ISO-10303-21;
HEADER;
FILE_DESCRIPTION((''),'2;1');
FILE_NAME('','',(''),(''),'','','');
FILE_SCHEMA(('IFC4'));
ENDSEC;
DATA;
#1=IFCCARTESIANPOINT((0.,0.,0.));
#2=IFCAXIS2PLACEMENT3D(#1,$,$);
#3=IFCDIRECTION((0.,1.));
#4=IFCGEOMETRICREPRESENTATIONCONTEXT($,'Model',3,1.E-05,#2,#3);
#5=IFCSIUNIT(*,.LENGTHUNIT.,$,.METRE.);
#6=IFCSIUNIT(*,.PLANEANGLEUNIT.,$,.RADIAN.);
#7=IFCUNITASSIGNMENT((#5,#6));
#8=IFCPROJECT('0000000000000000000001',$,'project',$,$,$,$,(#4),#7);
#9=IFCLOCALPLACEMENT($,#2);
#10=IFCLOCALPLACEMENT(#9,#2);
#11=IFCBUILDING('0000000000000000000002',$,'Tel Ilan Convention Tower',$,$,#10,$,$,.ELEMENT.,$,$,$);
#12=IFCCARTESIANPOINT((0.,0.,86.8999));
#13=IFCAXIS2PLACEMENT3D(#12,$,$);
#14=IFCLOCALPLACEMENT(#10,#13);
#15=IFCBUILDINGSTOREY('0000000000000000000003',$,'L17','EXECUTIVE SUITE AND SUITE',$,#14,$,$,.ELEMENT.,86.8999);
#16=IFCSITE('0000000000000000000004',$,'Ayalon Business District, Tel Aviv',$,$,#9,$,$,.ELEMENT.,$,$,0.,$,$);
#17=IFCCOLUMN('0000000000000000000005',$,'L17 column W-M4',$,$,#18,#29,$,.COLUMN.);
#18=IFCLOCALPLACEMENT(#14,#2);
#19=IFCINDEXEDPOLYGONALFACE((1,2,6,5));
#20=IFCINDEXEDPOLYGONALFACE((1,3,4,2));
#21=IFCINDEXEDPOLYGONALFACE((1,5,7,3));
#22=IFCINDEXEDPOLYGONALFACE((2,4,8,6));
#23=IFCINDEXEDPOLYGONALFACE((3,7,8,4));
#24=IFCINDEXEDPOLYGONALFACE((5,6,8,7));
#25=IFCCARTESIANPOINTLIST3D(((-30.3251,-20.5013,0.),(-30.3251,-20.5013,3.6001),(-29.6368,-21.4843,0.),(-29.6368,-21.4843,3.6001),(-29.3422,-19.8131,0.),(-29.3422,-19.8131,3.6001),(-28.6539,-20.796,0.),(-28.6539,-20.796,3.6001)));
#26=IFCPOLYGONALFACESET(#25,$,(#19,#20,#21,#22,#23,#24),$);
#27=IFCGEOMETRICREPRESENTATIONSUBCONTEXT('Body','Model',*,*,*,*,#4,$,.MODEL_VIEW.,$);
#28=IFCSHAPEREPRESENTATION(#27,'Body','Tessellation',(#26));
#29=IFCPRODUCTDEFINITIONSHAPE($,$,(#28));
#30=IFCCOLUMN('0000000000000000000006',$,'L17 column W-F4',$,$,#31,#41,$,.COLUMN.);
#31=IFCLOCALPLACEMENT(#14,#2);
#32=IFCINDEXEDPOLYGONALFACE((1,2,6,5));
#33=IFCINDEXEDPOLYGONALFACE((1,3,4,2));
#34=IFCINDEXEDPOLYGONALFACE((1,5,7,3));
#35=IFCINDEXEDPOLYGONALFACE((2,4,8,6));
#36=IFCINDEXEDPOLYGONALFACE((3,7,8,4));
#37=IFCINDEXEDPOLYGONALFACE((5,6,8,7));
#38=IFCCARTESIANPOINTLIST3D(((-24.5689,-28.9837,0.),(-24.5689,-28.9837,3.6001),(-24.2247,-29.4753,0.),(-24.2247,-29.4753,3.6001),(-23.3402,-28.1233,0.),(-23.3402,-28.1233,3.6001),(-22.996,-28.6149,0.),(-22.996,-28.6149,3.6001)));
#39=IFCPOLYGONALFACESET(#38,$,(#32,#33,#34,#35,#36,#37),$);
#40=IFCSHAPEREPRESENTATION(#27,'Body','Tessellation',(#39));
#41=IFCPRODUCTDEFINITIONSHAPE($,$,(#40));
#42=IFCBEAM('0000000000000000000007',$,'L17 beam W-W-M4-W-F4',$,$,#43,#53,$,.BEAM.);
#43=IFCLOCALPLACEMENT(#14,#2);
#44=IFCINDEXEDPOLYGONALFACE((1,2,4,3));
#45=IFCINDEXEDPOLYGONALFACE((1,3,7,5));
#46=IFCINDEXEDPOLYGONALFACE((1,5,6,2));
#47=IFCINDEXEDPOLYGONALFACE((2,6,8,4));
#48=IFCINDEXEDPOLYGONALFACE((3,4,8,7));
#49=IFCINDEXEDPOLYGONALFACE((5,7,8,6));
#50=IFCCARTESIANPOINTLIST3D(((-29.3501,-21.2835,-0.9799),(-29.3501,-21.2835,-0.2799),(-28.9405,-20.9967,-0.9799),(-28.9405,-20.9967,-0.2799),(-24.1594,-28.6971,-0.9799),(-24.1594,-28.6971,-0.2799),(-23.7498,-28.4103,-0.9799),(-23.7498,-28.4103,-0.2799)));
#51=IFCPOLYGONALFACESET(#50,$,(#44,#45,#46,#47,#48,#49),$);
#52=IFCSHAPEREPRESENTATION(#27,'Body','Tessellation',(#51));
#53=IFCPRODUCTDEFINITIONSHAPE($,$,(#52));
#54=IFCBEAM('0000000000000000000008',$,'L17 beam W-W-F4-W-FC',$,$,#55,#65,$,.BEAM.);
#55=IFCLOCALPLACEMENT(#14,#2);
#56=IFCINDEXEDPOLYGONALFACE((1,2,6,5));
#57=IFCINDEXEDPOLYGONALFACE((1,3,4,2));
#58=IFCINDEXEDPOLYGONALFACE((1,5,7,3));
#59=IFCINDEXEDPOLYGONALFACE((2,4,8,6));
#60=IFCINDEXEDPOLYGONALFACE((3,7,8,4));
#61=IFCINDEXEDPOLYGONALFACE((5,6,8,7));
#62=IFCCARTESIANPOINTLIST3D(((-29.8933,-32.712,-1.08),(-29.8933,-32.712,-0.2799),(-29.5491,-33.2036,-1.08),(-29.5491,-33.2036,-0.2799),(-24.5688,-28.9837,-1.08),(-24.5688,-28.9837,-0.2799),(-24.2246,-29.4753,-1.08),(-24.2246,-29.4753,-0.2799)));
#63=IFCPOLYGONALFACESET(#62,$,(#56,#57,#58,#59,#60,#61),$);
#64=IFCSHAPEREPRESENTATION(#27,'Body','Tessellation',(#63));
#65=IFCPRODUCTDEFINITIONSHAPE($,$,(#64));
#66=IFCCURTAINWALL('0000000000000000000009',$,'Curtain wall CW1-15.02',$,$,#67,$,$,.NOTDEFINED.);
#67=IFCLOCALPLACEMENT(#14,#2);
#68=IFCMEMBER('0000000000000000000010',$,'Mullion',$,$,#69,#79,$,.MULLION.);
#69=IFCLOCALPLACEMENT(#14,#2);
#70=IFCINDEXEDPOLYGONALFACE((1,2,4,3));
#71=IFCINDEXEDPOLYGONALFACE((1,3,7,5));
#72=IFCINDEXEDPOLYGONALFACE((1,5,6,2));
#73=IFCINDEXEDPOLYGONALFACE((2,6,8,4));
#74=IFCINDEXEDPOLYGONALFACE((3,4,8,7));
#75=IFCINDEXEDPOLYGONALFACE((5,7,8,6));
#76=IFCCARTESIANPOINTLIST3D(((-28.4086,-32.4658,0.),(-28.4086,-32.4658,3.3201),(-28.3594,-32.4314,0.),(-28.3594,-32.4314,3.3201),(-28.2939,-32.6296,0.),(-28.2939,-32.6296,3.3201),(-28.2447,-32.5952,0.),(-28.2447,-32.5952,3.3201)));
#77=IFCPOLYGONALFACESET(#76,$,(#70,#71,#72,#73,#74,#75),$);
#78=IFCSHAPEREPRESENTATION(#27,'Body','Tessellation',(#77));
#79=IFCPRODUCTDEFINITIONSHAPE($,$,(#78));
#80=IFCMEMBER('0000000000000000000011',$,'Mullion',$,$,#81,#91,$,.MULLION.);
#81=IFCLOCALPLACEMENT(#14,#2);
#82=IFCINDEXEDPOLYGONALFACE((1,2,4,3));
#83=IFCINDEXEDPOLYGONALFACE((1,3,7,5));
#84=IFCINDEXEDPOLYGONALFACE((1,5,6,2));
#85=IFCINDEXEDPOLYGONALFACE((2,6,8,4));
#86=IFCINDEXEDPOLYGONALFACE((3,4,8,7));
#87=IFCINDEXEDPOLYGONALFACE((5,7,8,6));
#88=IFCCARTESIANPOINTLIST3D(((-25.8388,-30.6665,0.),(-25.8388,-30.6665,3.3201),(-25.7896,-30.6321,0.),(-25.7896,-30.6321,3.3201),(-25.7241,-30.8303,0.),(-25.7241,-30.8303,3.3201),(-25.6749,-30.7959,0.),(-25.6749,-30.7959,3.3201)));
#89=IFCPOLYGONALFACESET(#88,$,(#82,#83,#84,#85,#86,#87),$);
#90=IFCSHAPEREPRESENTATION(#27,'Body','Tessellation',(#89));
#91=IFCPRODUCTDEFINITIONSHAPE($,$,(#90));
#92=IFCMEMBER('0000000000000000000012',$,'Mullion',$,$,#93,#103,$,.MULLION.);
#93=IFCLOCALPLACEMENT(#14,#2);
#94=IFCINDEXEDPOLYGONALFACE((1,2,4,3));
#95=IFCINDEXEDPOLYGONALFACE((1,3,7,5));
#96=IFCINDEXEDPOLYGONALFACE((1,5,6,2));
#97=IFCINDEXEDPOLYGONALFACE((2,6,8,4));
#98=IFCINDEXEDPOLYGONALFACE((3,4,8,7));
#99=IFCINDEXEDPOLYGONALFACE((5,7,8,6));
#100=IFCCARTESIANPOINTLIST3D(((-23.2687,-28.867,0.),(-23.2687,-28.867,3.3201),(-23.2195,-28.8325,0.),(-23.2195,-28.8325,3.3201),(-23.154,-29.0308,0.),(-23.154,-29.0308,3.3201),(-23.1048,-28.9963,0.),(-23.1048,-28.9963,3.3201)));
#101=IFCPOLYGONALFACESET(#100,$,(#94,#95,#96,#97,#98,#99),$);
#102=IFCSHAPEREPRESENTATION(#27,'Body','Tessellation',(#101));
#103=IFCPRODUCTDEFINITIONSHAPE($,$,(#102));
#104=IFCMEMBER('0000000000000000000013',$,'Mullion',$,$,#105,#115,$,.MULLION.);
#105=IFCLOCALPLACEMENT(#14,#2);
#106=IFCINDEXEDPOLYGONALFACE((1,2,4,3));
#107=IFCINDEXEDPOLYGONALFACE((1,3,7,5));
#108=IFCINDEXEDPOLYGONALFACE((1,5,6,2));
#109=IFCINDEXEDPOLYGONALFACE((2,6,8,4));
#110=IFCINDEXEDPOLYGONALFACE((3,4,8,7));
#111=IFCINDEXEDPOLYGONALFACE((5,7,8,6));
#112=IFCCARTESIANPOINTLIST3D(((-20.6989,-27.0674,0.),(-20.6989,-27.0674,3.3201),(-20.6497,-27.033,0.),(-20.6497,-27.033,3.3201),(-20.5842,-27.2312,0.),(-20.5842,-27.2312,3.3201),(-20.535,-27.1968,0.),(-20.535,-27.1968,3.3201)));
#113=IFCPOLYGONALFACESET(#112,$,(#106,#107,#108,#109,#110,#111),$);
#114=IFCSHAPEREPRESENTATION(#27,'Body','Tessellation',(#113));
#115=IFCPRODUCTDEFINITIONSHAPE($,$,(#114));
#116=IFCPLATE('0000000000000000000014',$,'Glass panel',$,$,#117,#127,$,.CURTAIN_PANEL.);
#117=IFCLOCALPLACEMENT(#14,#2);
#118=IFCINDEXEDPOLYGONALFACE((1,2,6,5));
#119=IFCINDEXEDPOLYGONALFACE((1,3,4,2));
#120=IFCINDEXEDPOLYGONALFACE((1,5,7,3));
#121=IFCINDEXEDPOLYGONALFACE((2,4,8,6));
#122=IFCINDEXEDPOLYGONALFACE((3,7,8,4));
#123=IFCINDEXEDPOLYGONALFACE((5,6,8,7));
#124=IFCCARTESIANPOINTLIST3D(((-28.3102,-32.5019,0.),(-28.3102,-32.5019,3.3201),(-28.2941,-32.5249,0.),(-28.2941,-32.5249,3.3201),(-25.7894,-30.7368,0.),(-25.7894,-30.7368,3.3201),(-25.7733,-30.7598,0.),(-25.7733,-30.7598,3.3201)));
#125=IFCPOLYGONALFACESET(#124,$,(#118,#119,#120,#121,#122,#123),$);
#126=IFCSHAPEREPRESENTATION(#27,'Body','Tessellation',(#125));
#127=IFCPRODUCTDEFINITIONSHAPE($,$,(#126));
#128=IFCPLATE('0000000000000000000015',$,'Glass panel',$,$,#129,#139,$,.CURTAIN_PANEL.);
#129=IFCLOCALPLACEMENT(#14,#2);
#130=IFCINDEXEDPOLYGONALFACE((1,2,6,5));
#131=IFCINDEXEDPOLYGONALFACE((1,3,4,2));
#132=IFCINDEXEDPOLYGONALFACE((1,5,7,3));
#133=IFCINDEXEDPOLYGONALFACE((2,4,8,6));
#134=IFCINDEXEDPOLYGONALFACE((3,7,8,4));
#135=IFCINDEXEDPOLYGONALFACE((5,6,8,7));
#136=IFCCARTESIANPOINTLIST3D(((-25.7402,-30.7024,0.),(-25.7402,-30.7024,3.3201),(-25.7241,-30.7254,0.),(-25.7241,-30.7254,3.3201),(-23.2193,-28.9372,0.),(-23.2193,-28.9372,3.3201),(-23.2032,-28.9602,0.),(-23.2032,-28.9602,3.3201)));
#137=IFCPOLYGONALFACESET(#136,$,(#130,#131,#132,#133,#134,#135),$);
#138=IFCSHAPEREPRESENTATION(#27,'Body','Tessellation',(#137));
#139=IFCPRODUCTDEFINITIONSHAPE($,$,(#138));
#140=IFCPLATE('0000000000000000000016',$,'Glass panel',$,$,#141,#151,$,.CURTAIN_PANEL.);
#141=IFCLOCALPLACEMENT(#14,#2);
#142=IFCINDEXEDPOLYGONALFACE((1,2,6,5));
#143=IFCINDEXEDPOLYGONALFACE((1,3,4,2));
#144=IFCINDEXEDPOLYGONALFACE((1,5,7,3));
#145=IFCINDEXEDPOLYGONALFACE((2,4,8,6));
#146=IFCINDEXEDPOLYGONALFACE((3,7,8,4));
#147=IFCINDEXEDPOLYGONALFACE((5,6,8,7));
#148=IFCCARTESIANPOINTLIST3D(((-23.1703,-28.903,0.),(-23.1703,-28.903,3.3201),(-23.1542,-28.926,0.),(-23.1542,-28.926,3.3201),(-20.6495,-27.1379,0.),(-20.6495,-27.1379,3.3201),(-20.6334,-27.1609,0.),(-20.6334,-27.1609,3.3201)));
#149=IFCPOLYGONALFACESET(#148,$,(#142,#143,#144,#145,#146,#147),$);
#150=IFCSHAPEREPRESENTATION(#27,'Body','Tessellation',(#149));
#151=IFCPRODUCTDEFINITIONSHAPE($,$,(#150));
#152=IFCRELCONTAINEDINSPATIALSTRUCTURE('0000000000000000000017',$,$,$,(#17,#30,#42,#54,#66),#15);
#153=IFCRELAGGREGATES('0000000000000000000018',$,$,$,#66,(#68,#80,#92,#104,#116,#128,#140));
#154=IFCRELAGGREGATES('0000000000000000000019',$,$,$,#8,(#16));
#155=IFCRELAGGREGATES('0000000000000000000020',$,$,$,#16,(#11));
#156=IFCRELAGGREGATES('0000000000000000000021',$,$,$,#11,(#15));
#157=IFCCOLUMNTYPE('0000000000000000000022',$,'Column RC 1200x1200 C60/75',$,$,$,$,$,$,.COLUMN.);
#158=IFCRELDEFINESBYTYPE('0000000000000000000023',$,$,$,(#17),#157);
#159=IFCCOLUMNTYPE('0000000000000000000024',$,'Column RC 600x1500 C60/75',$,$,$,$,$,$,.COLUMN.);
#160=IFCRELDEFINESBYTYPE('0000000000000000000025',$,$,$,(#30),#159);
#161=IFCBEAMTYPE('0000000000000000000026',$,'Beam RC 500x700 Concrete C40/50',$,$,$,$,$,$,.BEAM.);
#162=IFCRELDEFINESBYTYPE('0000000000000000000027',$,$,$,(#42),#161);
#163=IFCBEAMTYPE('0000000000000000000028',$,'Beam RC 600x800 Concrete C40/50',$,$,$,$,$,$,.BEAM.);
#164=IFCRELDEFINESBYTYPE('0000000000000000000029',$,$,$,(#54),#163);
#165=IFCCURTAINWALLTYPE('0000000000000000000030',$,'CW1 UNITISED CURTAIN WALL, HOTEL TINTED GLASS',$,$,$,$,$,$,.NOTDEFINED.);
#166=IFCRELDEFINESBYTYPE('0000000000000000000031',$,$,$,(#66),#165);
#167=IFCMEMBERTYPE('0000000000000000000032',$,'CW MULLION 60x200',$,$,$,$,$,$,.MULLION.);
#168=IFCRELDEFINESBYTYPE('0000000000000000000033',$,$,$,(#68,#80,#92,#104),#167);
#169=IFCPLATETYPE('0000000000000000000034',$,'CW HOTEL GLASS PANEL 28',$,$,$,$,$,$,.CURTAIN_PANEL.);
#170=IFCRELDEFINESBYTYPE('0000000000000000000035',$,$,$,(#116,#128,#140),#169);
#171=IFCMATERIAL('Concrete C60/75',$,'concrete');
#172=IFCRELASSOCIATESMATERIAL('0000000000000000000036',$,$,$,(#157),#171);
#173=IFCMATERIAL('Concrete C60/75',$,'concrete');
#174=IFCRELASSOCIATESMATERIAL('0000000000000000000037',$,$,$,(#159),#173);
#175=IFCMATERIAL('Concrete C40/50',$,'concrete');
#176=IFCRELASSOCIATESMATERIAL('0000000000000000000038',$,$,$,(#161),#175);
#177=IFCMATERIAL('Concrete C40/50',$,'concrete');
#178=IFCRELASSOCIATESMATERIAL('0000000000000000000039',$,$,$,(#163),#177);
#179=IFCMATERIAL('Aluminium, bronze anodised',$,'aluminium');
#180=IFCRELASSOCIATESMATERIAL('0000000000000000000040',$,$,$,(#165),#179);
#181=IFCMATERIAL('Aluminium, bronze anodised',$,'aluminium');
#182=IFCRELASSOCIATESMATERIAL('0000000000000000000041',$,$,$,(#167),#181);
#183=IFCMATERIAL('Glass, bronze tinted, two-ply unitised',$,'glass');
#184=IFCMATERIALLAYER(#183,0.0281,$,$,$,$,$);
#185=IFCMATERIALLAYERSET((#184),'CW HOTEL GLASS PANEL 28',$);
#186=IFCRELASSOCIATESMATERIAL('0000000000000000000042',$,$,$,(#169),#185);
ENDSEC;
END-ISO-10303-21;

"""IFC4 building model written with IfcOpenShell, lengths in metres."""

from ifc_helpers import new_model, si_unit, direction, frame, origin, origin_2d, place, context, subcontext, project, spatial, rectangle, extrude, material, layer, layer_set, material_profile, profile_set, type_object, element, aggregate, save


model = new_model("IFC4")

# Units and contexts
model_context = context("Model", 3, precision=1e-05, world=origin(), true_north=direction((0.0, 1.0)))
body_context = subcontext(model_context, "Body", "Model", "MODEL_VIEW")
ifc_project = project(units=[si_unit("LENGTHUNIT", "METRE"), si_unit("PLANEANGLEUNIT", "RADIAN")], contexts=[model_context])

# Site, building, storey
site_placement = place(None, origin())
site = spatial("IfcSite", under=ifc_project, at=site_placement, Name="Ayalon Business District, Tel Aviv", CompositionType="ELEMENT", RefElevation=0.0)
building_placement = place(site_placement, origin())
building = spatial("IfcBuilding", under=site, at=building_placement, Name="Tel Ilan Convention Tower", CompositionType="ELEMENT")
storey_placement = place(building_placement, frame((0.0, 0.0, 86.8999)))
storey = spatial("IfcBuildingStorey", under=building, at=storey_placement, Name="L17", Description="EXECUTIVE SUITE AND SUITE", CompositionType="ELEMENT", Elevation=86.8999)

# Columns
ifc_material_1 = material(Name="Concrete C60/75", Category="concrete")
ifc_material_profile_1 = material_profile(ifc_material_1, rectangle(XDim=1.2, YDim=1.2, at=origin_2d()), Name="RC 1200x1200")
ifc_profile_set_1 = profile_set([ifc_material_profile_1], Name="Concrete C60/75")
column_type_1 = type_object("IfcColumnType", Name="Column RC 1200x1200 C60/75", PredefinedType="COLUMN", material=ifc_profile_set_1)
column_1_placement = place(storey_placement, frame((-29.4895, -20.6487, 0.0), z_axis=(0.0, 0.0, 1.0), x_axis=(-0.819152, -0.573576, 0.0)))
element("IfcColumn", 1, at=column_1_placement, inside=storey, type_object=column_type_1, Name="L17 column W-M4", PredefinedType="COLUMN", context=body_context, shape_type="SweptSolid", body=[
    extrude(rectangle(XDim=1.2, YDim=1.2, at=origin_2d()), origin(), (0.0, 0.0, 1.0), 3.6001),
])
ifc_material_2 = material(Name="Concrete C60/75", Category="concrete")
ifc_material_profile_2 = material_profile(ifc_material_2, rectangle(XDim=1.5, YDim=0.6001, at=origin_2d()), Name="RC 600x1500")
ifc_profile_set_2 = profile_set([ifc_material_profile_2], Name="Concrete C60/75")
column_type_2 = type_object("IfcColumnType", Name="Column RC 600x1500 C60/75", PredefinedType="COLUMN", material=ifc_profile_set_2)
column_2_placement = place(storey_placement, frame((-23.7825, -28.7993, 0.0), z_axis=(0.0, 0.0, 1.0), x_axis=(-0.819152, -0.573576, 0.0)))
element("IfcColumn", 2, at=column_2_placement, inside=storey, type_object=column_type_2, Name="L17 column W-F4", PredefinedType="COLUMN", context=body_context, shape_type="SweptSolid", body=[
    extrude(rectangle(XDim=1.5, YDim=0.6001, at=origin_2d()), origin(), (0.0, 0.0, 1.0), 3.6001),
])

# Beams
ifc_material_3 = material(Name="Concrete C40/50", Category="concrete")
ifc_material_profile_3 = material_profile(ifc_material_3, rectangle(XDim=0.5, YDim=0.7, at=origin_2d()), Name="RC 500x700")
ifc_profile_set_3 = profile_set([ifc_material_profile_3], Name="Concrete C40/50")
beam_type_1 = type_object("IfcBeamType", Name="Beam RC 500x700 Concrete C40/50", PredefinedType="BEAM", material=ifc_profile_set_3)
beam_1_placement = place(storey_placement, frame((-29.1453, -21.1401, -0.6299), z_axis=(0.573549, -0.819171, 0.0), x_axis=(0.819171, 0.573549, 0.0)))
element("IfcBeam", 3, at=beam_1_placement, inside=storey, type_object=beam_type_1, Name="L17 beam W-W-M4-W-F4", PredefinedType="BEAM", context=body_context, shape_type="SweptSolid", body=[
    extrude(rectangle(XDim=0.5, YDim=0.7, at=origin_2d()), origin(), (0.0, 0.0, 1.0), 9.05),
])
ifc_material_4 = material(Name="Concrete C40/50", Category="concrete")
ifc_material_profile_4 = material_profile(ifc_material_4, rectangle(XDim=0.6001, YDim=0.8, at=origin_2d()), Name="RC 600x800")
ifc_profile_set_4 = profile_set([ifc_material_profile_4], Name="Concrete C40/50")
beam_type_2 = type_object("IfcBeamType", Name="Beam RC 600x800 Concrete C40/50", PredefinedType="BEAM", material=ifc_profile_set_4)
beam_2_placement = place(storey_placement, frame((-24.3967, -29.2295, -0.6799), z_axis=(-0.819149, -0.573581, 0.0), x_axis=(0.573581, -0.819149, 0.0)))
element("IfcBeam", 4, at=beam_2_placement, inside=storey, type_object=beam_type_2, Name="L17 beam W-W-F4-W-FC", PredefinedType="BEAM", context=body_context, shape_type="SweptSolid", body=[
    extrude(rectangle(XDim=0.6001, YDim=0.8, at=origin_2d()), origin(), (0.0, 0.0, 1.0), 6.5),
])

# Curtain wall, members, plates
ifc_material_5 = material(Name="Aluminium, bronze anodised", Category="aluminium")
curtain_wall_type = type_object("IfcCurtainWallType", Name="CW1 UNITISED CURTAIN WALL, HOTEL TINTED GLASS", PredefinedType="NOTDEFINED", material=ifc_material_5)
curtain_wall_placement = place(storey_placement, origin())
curtain_wall = element("IfcCurtainWall", 5, at=curtain_wall_placement, inside=storey, type_object=curtain_wall_type, Name="Curtain wall CW1-15.02", PredefinedType="NOTDEFINED")
ifc_material_6 = material(Name="Aluminium, bronze anodised", Category="aluminium")
ifc_material_profile_5 = material_profile(ifc_material_6, rectangle(XDim=0.0601, YDim=0.2, at=origin_2d()), Name="CW MULLION 60x200")
ifc_profile_set_5 = profile_set([ifc_material_profile_5], Name="Aluminium, bronze anodised")
member_type = type_object("IfcMemberType", Name="CW MULLION 60x200", PredefinedType="MULLION", material=ifc_profile_set_5)
member_1_placement = place(storey_placement, frame((-28.3267, -32.5305, 0.0), z_axis=(0.0, 0.0, 1.0), x_axis=(0.819152, 0.573576, 0.0)))
member_1 = element("IfcMember", 6, at=member_1_placement, type_object=member_type, Name="Mullion", PredefinedType="MULLION", context=body_context, shape_type="SweptSolid", body=[
    extrude(rectangle(XDim=0.0601, YDim=0.2, at=origin_2d()), origin(), (0.0, 0.0, 1.0), 3.3201),
])
member_2_placement = place(storey_placement, frame((-25.7568, -30.7312, 0.0), z_axis=(0.0, 0.0, 1.0), x_axis=(0.819152, 0.573576, 0.0)))
member_2 = element("IfcMember", 7, at=member_2_placement, type_object=member_type, Name="Mullion", PredefinedType="MULLION", context=body_context, shape_type="SweptSolid", body=[
    extrude(rectangle(XDim=0.0601, YDim=0.2, at=origin_2d()), origin(), (0.0, 0.0, 1.0), 3.3201),
])
member_3_placement = place(storey_placement, frame((-23.1868, -28.9316, 0.0), z_axis=(0.0, 0.0, 1.0), x_axis=(0.819152, 0.573576, 0.0)))
member_3 = element("IfcMember", 8, at=member_3_placement, type_object=member_type, Name="Mullion", PredefinedType="MULLION", context=body_context, shape_type="SweptSolid", body=[
    extrude(rectangle(XDim=0.0601, YDim=0.2, at=origin_2d()), origin(), (0.0, 0.0, 1.0), 3.3201),
])
member_4_placement = place(storey_placement, frame((-20.6169, -27.1321, 0.0), z_axis=(0.0, 0.0, 1.0), x_axis=(0.819152, 0.573576, 0.0)))
member_4 = element("IfcMember", 9, at=member_4_placement, type_object=member_type, Name="Mullion", PredefinedType="MULLION", context=body_context, shape_type="SweptSolid", body=[
    extrude(rectangle(XDim=0.0601, YDim=0.2, at=origin_2d()), origin(), (0.0, 0.0, 1.0), 3.3201),
])
ifc_material_7 = material(Name="Glass, bronze tinted, two-ply unitised", Category="glass")
ifc_layer_1 = layer(ifc_material_7, 0.0281)
ifc_layer_set_1 = layer_set([ifc_layer_1], Name="CW HOTEL GLASS PANEL 28")
plate_type = type_object("IfcPlateType", Name="CW HOTEL GLASS PANEL 28", PredefinedType="CURTAIN_PANEL", material=ifc_layer_set_1)
plate_1_placement = place(storey_placement, frame((-27.0417, -31.6309, 0.0), z_axis=(0.0, 0.0, 1.0), x_axis=(0.819152, 0.573576, 0.0)))
plate_1 = element("IfcPlate", 10, at=plate_1_placement, type_object=plate_type, Name="Glass panel", PredefinedType="CURTAIN_PANEL", context=body_context, shape_type="SweptSolid", body=[
    extrude(rectangle(XDim=3.0774, YDim=0.0281, at=origin_2d()), origin(), (0.0, 0.0, 1.0), 3.3201),
])
plate_2_placement = place(storey_placement, frame((-24.4717, -29.8313, 0.0), z_axis=(0.0, 0.0, 1.0), x_axis=(0.819152, 0.573576, 0.0)))
plate_2 = element("IfcPlate", 11, at=plate_2_placement, type_object=plate_type, Name="Glass panel", PredefinedType="CURTAIN_PANEL", context=body_context, shape_type="SweptSolid", body=[
    extrude(rectangle(XDim=3.0774, YDim=0.0281, at=origin_2d()), origin(), (0.0, 0.0, 1.0), 3.3201),
])
plate_3_placement = place(storey_placement, frame((-21.9019, -28.032, 0.0), z_axis=(0.0, 0.0, 1.0), x_axis=(0.819152, 0.573576, 0.0)))
plate_3 = element("IfcPlate", 12, at=plate_3_placement, type_object=plate_type, Name="Glass panel", PredefinedType="CURTAIN_PANEL", context=body_context, shape_type="SweptSolid", body=[
    extrude(rectangle(XDim=3.0774, YDim=0.0281, at=origin_2d()), origin(), (0.0, 0.0, 1.0), 3.3201),
])
aggregate(curtain_wall, [member_1, member_2, member_3, member_4, plate_1, plate_2, plate_3])

save(model, "model.ifc")
